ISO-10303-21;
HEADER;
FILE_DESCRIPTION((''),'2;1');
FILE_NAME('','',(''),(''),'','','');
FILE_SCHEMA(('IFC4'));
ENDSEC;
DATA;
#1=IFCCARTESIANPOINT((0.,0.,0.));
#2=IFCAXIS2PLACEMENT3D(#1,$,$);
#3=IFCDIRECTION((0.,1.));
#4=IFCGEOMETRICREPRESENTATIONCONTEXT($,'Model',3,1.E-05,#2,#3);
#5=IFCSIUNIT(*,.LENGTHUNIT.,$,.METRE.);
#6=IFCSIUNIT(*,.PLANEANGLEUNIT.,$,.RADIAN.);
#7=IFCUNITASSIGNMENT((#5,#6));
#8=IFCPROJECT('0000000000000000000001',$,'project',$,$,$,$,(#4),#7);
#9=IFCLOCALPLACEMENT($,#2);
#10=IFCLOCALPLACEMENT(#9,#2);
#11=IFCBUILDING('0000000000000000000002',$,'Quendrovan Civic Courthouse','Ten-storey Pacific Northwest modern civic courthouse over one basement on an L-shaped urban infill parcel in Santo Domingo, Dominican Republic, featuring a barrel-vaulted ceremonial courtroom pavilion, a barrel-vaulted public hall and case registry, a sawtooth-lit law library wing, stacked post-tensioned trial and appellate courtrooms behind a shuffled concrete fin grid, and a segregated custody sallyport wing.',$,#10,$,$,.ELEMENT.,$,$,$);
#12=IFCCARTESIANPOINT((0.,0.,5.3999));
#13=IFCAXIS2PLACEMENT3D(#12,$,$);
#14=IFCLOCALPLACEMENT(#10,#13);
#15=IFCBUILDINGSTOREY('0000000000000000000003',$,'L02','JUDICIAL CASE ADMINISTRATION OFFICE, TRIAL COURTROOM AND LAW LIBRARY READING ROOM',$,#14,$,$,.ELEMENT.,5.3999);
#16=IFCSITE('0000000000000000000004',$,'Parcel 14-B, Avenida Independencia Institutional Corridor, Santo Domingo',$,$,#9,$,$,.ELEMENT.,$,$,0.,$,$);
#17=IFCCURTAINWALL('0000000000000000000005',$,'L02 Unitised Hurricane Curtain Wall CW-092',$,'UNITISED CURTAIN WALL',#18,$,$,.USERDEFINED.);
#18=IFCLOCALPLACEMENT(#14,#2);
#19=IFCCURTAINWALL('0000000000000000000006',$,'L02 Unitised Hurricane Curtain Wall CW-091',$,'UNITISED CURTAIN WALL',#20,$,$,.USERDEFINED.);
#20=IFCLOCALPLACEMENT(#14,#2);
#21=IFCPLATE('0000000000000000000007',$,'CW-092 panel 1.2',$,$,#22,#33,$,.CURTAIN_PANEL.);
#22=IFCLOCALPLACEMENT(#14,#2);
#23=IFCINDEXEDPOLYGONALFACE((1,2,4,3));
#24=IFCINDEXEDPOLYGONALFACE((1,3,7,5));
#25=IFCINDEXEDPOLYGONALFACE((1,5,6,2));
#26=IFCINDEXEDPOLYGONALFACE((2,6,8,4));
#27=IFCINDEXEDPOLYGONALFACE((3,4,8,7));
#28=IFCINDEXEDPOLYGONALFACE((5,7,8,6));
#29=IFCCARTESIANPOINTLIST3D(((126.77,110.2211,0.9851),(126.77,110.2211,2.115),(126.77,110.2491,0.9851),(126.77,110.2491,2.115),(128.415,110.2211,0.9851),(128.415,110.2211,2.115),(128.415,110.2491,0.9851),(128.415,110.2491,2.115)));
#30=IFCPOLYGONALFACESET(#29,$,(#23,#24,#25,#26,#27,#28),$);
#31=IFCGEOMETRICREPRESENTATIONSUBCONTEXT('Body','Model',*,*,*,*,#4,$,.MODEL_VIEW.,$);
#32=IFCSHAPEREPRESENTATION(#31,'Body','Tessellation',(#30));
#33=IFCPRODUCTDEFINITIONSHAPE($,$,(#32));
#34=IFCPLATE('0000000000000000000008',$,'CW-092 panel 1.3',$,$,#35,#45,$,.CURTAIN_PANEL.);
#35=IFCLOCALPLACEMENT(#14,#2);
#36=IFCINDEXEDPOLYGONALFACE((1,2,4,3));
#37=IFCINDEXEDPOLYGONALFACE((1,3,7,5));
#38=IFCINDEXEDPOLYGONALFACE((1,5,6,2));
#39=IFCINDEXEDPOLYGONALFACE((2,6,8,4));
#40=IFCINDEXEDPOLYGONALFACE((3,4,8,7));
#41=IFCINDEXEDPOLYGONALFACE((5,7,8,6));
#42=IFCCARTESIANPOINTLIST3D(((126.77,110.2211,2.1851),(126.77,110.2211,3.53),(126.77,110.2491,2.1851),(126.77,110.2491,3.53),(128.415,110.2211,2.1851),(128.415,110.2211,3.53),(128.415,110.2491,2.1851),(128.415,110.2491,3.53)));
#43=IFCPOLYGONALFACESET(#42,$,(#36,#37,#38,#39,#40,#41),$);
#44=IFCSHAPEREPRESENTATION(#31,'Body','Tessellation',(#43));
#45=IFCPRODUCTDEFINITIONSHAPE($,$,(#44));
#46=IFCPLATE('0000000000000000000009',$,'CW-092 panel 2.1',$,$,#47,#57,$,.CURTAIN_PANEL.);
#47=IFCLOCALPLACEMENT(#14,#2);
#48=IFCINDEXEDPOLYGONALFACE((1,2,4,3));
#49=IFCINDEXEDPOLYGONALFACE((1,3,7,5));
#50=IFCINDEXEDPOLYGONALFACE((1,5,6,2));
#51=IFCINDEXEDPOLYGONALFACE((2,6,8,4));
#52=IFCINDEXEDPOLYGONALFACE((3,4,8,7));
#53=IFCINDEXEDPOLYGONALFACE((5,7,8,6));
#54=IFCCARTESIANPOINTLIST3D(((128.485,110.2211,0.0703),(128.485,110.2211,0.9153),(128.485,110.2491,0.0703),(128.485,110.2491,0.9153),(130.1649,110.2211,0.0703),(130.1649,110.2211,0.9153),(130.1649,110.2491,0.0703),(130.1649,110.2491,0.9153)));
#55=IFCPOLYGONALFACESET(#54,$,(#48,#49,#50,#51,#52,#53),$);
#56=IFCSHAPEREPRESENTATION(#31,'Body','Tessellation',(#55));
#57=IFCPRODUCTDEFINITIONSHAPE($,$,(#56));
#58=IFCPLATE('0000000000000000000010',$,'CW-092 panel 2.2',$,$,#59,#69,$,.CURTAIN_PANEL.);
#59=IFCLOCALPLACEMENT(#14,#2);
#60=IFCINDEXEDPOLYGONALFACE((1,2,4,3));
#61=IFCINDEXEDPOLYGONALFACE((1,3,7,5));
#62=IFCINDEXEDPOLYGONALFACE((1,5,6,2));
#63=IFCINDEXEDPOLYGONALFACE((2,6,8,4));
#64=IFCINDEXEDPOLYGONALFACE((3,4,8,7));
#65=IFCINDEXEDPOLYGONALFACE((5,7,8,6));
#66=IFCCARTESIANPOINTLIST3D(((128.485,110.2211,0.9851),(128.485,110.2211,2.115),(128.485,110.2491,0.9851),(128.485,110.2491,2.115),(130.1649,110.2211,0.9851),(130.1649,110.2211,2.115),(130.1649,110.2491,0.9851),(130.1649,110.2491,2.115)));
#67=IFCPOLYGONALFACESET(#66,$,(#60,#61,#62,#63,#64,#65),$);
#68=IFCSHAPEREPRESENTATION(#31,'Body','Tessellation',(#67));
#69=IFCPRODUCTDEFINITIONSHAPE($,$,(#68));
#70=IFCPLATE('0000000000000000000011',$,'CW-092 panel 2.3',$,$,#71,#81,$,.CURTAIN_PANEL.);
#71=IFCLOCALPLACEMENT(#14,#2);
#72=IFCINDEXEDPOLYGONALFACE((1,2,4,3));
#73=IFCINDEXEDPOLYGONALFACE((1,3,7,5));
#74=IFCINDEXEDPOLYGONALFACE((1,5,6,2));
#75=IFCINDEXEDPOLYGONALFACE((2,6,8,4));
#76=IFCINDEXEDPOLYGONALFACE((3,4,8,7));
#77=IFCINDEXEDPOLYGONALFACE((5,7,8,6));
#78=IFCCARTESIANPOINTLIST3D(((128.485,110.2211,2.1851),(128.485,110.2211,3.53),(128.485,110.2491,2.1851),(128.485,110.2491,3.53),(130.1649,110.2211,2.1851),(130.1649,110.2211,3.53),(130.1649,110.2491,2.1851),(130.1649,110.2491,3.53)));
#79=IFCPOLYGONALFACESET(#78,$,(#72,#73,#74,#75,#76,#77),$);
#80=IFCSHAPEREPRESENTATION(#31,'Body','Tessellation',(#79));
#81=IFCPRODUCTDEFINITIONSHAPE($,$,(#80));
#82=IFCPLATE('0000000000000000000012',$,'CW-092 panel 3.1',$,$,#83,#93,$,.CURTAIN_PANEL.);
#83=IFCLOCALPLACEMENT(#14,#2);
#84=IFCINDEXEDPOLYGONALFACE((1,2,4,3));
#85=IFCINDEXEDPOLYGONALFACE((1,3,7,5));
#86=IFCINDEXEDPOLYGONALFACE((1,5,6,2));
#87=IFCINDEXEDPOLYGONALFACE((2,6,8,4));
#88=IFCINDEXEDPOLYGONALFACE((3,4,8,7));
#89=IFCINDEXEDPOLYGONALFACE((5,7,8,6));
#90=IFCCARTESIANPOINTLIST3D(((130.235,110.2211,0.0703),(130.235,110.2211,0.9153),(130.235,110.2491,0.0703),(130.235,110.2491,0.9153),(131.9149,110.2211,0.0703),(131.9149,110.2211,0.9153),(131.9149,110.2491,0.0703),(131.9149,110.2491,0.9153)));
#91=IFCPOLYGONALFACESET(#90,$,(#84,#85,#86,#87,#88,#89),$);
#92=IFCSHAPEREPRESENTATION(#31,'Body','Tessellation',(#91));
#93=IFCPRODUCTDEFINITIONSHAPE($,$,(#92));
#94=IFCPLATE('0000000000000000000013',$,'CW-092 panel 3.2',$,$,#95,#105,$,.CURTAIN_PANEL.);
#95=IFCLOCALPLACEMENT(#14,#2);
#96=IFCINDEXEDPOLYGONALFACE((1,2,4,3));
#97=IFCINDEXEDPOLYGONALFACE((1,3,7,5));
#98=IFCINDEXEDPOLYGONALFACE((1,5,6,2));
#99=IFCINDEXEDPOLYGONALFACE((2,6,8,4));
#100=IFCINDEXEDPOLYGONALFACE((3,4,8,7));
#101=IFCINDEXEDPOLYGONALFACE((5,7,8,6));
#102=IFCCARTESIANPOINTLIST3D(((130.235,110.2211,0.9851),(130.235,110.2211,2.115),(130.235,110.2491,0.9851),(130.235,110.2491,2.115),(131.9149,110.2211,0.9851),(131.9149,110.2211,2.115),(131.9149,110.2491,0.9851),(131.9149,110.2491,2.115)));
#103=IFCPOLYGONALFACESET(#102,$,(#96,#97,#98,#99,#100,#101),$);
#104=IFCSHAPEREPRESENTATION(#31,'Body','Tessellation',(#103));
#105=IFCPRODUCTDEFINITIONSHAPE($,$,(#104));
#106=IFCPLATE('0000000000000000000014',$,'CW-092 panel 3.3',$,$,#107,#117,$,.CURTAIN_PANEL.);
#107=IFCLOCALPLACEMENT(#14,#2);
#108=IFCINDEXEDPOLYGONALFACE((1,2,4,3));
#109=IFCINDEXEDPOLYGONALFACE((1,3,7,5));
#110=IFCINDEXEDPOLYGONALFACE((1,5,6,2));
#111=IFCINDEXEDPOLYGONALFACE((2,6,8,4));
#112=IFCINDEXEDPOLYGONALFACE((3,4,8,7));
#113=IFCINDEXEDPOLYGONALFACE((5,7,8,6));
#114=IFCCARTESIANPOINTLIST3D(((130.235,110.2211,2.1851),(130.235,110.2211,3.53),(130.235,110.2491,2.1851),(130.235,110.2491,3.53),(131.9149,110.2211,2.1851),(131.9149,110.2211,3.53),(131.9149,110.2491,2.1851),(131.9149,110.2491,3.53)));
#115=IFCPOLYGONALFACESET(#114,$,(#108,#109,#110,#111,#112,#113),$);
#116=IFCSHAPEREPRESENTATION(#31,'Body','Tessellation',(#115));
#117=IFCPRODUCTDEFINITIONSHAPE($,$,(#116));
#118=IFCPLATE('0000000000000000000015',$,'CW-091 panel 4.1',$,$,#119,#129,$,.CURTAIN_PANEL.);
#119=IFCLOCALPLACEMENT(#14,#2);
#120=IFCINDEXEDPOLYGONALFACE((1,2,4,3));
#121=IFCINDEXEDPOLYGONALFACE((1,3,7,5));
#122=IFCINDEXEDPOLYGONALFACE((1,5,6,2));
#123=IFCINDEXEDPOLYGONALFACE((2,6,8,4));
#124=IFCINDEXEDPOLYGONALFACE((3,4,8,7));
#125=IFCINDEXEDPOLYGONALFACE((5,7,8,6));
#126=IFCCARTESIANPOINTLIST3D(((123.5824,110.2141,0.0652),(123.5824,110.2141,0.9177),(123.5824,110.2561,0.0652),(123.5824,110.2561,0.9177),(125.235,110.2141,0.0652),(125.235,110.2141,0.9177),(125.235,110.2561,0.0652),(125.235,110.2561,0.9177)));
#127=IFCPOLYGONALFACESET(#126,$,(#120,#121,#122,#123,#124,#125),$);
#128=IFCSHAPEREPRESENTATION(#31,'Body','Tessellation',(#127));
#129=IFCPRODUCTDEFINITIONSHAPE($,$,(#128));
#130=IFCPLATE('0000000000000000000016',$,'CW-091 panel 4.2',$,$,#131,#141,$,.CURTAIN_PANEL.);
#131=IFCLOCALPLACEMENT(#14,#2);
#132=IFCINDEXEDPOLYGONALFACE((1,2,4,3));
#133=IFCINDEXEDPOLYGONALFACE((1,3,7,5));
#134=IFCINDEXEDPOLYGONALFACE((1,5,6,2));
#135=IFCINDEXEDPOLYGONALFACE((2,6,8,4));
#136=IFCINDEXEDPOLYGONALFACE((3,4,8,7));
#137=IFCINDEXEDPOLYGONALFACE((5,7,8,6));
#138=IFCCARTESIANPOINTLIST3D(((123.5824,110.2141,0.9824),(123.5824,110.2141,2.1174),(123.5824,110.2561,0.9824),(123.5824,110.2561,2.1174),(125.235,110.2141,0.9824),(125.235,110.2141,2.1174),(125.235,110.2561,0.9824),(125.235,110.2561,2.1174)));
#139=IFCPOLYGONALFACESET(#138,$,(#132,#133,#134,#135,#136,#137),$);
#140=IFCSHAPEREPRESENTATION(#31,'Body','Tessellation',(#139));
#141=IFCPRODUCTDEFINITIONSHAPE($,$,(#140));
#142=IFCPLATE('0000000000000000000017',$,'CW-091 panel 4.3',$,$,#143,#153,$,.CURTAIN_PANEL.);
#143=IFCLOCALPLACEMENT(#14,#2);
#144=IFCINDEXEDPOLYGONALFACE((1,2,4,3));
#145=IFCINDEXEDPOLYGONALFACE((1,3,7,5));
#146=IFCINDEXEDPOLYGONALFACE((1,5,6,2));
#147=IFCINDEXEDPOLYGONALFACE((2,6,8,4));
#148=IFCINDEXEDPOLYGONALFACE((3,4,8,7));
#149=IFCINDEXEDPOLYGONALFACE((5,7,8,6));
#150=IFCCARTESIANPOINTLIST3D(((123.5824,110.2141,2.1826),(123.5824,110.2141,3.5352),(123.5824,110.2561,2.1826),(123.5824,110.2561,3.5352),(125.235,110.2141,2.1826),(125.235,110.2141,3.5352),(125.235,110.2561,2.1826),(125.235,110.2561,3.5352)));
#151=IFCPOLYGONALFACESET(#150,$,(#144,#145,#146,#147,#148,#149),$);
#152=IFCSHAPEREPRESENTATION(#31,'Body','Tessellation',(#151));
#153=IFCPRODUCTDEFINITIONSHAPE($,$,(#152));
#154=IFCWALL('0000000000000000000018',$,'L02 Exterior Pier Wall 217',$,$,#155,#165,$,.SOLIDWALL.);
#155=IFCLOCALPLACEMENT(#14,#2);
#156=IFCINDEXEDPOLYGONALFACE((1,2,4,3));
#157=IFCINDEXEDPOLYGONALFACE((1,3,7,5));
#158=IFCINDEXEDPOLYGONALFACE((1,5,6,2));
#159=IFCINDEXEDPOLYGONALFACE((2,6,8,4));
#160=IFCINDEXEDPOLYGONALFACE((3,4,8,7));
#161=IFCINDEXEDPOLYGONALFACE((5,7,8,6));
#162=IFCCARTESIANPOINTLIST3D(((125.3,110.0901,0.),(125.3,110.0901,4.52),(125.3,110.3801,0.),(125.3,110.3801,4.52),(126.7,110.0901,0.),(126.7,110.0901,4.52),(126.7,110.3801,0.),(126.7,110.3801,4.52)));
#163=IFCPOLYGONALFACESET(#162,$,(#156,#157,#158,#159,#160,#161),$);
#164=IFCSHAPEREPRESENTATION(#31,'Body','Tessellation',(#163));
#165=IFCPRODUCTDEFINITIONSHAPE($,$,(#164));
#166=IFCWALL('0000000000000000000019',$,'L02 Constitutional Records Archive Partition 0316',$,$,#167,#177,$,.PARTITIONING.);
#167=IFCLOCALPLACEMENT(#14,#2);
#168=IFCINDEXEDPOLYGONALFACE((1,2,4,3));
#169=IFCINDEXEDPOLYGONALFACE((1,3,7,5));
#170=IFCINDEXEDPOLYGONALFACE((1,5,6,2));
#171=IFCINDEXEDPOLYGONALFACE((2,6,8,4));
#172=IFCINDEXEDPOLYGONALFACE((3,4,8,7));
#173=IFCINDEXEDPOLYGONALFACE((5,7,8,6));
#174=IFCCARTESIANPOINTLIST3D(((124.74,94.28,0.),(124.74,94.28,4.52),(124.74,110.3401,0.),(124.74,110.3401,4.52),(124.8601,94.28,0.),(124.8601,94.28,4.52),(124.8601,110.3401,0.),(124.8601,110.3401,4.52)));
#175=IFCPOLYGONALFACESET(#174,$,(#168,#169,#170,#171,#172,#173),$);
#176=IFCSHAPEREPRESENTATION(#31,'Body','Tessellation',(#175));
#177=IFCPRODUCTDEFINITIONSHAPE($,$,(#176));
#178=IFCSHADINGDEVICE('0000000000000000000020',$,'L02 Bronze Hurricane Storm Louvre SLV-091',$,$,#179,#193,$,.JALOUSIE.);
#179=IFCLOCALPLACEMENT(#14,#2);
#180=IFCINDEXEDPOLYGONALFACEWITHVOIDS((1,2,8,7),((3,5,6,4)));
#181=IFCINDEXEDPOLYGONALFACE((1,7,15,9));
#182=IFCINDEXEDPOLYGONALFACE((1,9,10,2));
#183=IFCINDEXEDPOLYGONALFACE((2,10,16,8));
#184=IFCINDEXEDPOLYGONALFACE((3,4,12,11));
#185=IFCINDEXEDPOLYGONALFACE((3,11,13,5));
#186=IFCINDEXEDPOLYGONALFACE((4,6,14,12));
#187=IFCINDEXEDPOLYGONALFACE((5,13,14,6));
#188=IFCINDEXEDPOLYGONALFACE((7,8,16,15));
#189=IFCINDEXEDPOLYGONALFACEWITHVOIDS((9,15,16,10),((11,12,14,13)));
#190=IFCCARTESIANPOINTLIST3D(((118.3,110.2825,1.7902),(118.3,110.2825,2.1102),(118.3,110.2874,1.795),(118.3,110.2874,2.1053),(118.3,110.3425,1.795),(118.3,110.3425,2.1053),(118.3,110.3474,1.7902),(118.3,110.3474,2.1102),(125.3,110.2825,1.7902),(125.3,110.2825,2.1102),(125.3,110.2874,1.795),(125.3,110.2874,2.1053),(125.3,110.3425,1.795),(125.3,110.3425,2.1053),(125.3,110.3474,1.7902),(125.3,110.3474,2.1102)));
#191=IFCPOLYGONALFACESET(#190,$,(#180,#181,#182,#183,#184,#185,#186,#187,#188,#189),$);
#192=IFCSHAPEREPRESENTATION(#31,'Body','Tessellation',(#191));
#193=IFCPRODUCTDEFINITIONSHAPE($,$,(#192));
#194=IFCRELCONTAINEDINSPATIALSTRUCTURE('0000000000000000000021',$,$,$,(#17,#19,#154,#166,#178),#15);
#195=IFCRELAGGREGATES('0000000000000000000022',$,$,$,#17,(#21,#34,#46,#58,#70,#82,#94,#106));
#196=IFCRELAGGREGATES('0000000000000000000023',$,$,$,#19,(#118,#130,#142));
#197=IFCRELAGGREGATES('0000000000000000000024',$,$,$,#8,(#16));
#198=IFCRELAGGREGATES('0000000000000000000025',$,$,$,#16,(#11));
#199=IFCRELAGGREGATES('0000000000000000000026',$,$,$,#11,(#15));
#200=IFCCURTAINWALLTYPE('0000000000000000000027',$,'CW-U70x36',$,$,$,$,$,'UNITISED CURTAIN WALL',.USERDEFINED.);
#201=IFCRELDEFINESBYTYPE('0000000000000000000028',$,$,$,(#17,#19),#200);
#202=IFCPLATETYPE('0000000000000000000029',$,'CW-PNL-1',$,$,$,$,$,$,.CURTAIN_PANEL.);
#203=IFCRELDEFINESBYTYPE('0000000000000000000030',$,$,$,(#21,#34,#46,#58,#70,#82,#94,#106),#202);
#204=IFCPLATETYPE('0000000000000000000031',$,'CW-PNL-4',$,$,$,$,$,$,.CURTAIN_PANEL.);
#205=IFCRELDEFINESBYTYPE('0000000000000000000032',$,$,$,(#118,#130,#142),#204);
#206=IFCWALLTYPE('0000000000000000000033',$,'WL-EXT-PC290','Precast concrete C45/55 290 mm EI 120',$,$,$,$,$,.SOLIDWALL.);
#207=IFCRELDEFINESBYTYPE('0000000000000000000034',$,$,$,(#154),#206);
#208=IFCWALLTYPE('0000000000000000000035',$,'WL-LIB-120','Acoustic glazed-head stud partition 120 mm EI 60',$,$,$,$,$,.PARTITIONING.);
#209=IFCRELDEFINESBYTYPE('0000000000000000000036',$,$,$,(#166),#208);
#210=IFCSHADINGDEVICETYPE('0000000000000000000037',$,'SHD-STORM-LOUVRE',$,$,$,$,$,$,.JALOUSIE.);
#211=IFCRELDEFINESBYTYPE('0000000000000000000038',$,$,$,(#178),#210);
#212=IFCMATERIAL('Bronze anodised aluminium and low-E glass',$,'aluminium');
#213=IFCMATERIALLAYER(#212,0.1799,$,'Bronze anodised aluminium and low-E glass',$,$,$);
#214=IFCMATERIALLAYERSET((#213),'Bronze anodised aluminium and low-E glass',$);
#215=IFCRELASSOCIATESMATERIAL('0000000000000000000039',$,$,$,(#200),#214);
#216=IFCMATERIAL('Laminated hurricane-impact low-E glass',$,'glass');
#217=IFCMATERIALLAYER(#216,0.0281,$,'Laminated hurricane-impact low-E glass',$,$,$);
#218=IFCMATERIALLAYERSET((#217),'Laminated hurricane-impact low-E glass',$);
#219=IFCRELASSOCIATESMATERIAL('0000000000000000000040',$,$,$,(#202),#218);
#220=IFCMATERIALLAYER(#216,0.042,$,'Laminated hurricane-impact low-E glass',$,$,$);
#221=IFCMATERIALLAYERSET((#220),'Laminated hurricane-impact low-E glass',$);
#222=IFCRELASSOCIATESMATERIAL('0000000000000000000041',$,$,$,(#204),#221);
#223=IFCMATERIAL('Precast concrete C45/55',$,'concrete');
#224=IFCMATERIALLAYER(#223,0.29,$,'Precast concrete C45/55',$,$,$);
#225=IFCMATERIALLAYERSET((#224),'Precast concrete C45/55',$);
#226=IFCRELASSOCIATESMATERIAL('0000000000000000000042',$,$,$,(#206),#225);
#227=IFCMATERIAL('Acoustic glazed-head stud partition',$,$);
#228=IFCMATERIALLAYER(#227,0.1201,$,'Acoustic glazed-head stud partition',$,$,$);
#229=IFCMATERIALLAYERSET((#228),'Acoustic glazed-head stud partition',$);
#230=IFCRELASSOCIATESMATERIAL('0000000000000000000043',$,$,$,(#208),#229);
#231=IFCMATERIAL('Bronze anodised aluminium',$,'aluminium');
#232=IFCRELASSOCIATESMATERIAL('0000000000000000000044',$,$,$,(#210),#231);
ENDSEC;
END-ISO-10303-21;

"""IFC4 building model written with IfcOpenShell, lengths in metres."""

from ifc_helpers import new_model, si_unit, direction, frame, frame_2d, origin, origin_2d, place, context, subcontext, project, spatial, rectangle, hollow_rectangle, extrude, material, layer, layer_set, material_profile, profile_set, type_object, element, aggregate, save


model = new_model("IFC4")

# Units and contexts
model_context = context("Model", 3, precision=1e-05, world=origin(), true_north=direction((0.0, 1.0)))
body_context = subcontext(model_context, "Body", "Model", "MODEL_VIEW")
ifc_project = project(units=[si_unit("LENGTHUNIT", "METRE"), si_unit("PLANEANGLEUNIT", "RADIAN")], contexts=[model_context])

# Site, building, storey
site_placement = place(None, origin())
site = spatial("IfcSite", under=ifc_project, at=site_placement, Name="Parcel 14-B, Avenida Independencia Institutional Corridor, Santo Domingo", CompositionType="ELEMENT", RefElevation=0.0)
building_placement = place(site_placement, origin())
building = spatial("IfcBuilding", under=site, at=building_placement, Name="Quendrovan Civic Courthouse", Description="Ten-storey Pacific Northwest modern civic courthouse over one basement on an L-shaped urban infill parcel in Santo Domingo, Dominican Republic, featuring a barrel-vaulted ceremonial courtroom pavilion, a barrel-vaulted public hall and case registry, a sawtooth-lit law library wing, stacked post-tensioned trial and appellate courtrooms behind a shuffled concrete fin grid, and a segregated custody sallyport wing.", CompositionType="ELEMENT")
storey_placement = place(building_placement, frame((0.0, 0.0, 5.3999)))
storey = spatial("IfcBuildingStorey", under=building, at=storey_placement, Name="L02", Description="JUDICIAL CASE ADMINISTRATION OFFICE, TRIAL COURTROOM AND LAW LIBRARY READING ROOM", CompositionType="ELEMENT", Elevation=5.3999)

# Curtain walls
ifc_material_1 = material(Name="Bronze anodised aluminium and low-E glass", Category="aluminium")
ifc_layer_1 = layer(ifc_material_1, 0.1799, Name="Bronze anodised aluminium and low-E glass")
ifc_layer_set_1 = layer_set([ifc_layer_1], Name="Bronze anodised aluminium and low-E glass")
curtain_wall_type = type_object("IfcCurtainWallType", Name="CW-U70x36", ElementType="UNITISED CURTAIN WALL", PredefinedType="USERDEFINED", material=ifc_layer_set_1)
curtain_wall_1_placement = place(storey_placement, origin())
curtain_wall_1 = element("IfcCurtainWall", 1, at=curtain_wall_1_placement, inside=storey, type_object=curtain_wall_type, Name="L02 Unitised Hurricane Curtain Wall CW-092", ObjectType="UNITISED CURTAIN WALL", PredefinedType="USERDEFINED")
ifc_material_2 = material(Name="Bronze anodised aluminium", Category="aluminium")
curtain_wall_2_placement = place(storey_placement, origin())
curtain_wall_2 = element("IfcCurtainWall", 2, at=curtain_wall_2_placement, inside=storey, type_object=curtain_wall_type, Name="L02 Unitised Hurricane Curtain Wall CW-091", ObjectType="UNITISED CURTAIN WALL", PredefinedType="USERDEFINED")

# Plates
ifc_material_3 = material(Name="Laminated hurricane-impact low-E glass", Category="glass")
ifc_layer_2 = layer(ifc_material_3, 0.0281, Name="Laminated hurricane-impact low-E glass")
ifc_layer_set_2 = layer_set([ifc_layer_2], Name="Laminated hurricane-impact low-E glass")
plate_type_1 = type_object("IfcPlateType", Name="CW-PNL-1", PredefinedType="CURTAIN_PANEL", material=ifc_layer_set_2)
plate_1_placement = place(storey_placement, frame((127.5925, 110.2351, 0.9851), z_axis=(0.0, 0.0, 1.0), x_axis=(1.0, 0.0, 0.0)))
plate_1 = element("IfcPlate", 3, at=plate_1_placement, type_object=plate_type_1, Name="CW-092 panel 1.2", PredefinedType="CURTAIN_PANEL", context=body_context, shape_type="SweptSolid", body=[
    extrude(rectangle(XDim=1.645, YDim=0.0281, at=origin_2d()), origin(), (0.0, 0.0, 1.0), 1.1299),
])
plate_2_placement = place(storey_placement, frame((127.5925, 110.2351, 2.1851), z_axis=(0.0, 0.0, 1.0), x_axis=(1.0, 0.0, 0.0)))
plate_2 = element("IfcPlate", 4, at=plate_2_placement, type_object=plate_type_1, Name="CW-092 panel 1.3", PredefinedType="CURTAIN_PANEL", context=body_context, shape_type="SweptSolid", body=[
    extrude(rectangle(XDim=1.645, YDim=0.0281, at=origin_2d()), origin(), (0.0, 0.0, 1.0), 1.345),
])
plate_3_placement = place(storey_placement, frame((129.325, 110.2351, 0.0703), z_axis=(0.0, 0.0, 1.0), x_axis=(1.0, 0.0, 0.0)))
plate_3 = element("IfcPlate", 5, at=plate_3_placement, type_object=plate_type_1, Name="CW-092 panel 2.1", PredefinedType="CURTAIN_PANEL", context=body_context, shape_type="SweptSolid", body=[
    extrude(rectangle(XDim=1.6799, YDim=0.0281, at=origin_2d()), origin(), (0.0, 0.0, 1.0), 0.845),
])
plate_4_placement = place(storey_placement, frame((129.325, 110.2351, 0.9851), z_axis=(0.0, 0.0, 1.0), x_axis=(1.0, 0.0, 0.0)))
plate_4 = element("IfcPlate", 6, at=plate_4_placement, type_object=plate_type_1, Name="CW-092 panel 2.2", PredefinedType="CURTAIN_PANEL", context=body_context, shape_type="SweptSolid", body=[
    extrude(rectangle(XDim=1.6799, YDim=0.0281, at=origin_2d()), origin(), (0.0, 0.0, 1.0), 1.1299),
])
plate_5_placement = place(storey_placement, frame((129.325, 110.2351, 2.1851), z_axis=(0.0, 0.0, 1.0), x_axis=(1.0, 0.0, 0.0)))
plate_5 = element("IfcPlate", 7, at=plate_5_placement, type_object=plate_type_1, Name="CW-092 panel 2.3", PredefinedType="CURTAIN_PANEL", context=body_context, shape_type="SweptSolid", body=[
    extrude(rectangle(XDim=1.6799, YDim=0.0281, at=origin_2d()), origin(), (0.0, 0.0, 1.0), 1.345),
])
plate_6_placement = place(storey_placement, frame((131.075, 110.2351, 0.0703), z_axis=(0.0, 0.0, 1.0), x_axis=(1.0, 0.0, 0.0)))
plate_6 = element("IfcPlate", 8, at=plate_6_placement, type_object=plate_type_1, Name="CW-092 panel 3.1", PredefinedType="CURTAIN_PANEL", context=body_context, shape_type="SweptSolid", body=[
    extrude(rectangle(XDim=1.6799, YDim=0.0281, at=origin_2d()), origin(), (0.0, 0.0, 1.0), 0.845),
])
plate_7_placement = place(storey_placement, frame((131.075, 110.2351, 0.9851), z_axis=(0.0, 0.0, 1.0), x_axis=(1.0, 0.0, 0.0)))
plate_7 = element("IfcPlate", 9, at=plate_7_placement, type_object=plate_type_1, Name="CW-092 panel 3.2", PredefinedType="CURTAIN_PANEL", context=body_context, shape_type="SweptSolid", body=[
    extrude(rectangle(XDim=1.6799, YDim=0.0281, at=origin_2d()), origin(), (0.0, 0.0, 1.0), 1.1299),
])
plate_8_placement = place(storey_placement, frame((131.075, 110.2351, 2.1851), z_axis=(0.0, 0.0, 1.0), x_axis=(1.0, 0.0, 0.0)))
plate_8 = element("IfcPlate", 10, at=plate_8_placement, type_object=plate_type_1, Name="CW-092 panel 3.3", PredefinedType="CURTAIN_PANEL", context=body_context, shape_type="SweptSolid", body=[
    extrude(rectangle(XDim=1.6799, YDim=0.0281, at=origin_2d()), origin(), (0.0, 0.0, 1.0), 1.345),
])
aggregate(curtain_wall_1, [plate_1, plate_2, plate_3, plate_4, plate_5, plate_6, plate_7, plate_8])
ifc_layer_3 = layer(ifc_material_3, 0.042, Name="Laminated hurricane-impact low-E glass")
ifc_layer_set_3 = layer_set([ifc_layer_3], Name="Laminated hurricane-impact low-E glass")
plate_type_2 = type_object("IfcPlateType", Name="CW-PNL-4", PredefinedType="CURTAIN_PANEL", material=ifc_layer_set_3)
plate_9_placement = place(storey_placement, frame((124.4087, 110.2351, 0.0652), z_axis=(0.0, 0.0, 1.0), x_axis=(1.0, 0.0, 0.0)))
plate_9 = element("IfcPlate", 11, at=plate_9_placement, type_object=plate_type_2, Name="CW-091 panel 4.1", PredefinedType="CURTAIN_PANEL", context=body_context, shape_type="SweptSolid", body=[
    extrude(rectangle(XDim=1.6526, YDim=0.042, at=origin_2d()), origin(), (0.0, 0.0, 1.0), 0.8525),
])
plate_10_placement = place(storey_placement, frame((124.4087, 110.2351, 0.9824), z_axis=(0.0, 0.0, 1.0), x_axis=(1.0, 0.0, 0.0)))
plate_10 = element("IfcPlate", 12, at=plate_10_placement, type_object=plate_type_2, Name="CW-091 panel 4.2", PredefinedType="CURTAIN_PANEL", context=body_context, shape_type="SweptSolid", body=[
    extrude(rectangle(XDim=1.6526, YDim=0.042, at=origin_2d()), origin(), (0.0, 0.0, 1.0), 1.135),
])
plate_11_placement = place(storey_placement, frame((124.4087, 110.2351, 2.1826), z_axis=(0.0, 0.0, 1.0), x_axis=(1.0, 0.0, 0.0)))
plate_11 = element("IfcPlate", 13, at=plate_11_placement, type_object=plate_type_2, Name="CW-091 panel 4.3", PredefinedType="CURTAIN_PANEL", context=body_context, shape_type="SweptSolid", body=[
    extrude(rectangle(XDim=1.6526, YDim=0.042, at=origin_2d()), origin(), (0.0, 0.0, 1.0), 1.3525),
])
aggregate(curtain_wall_2, [plate_9, plate_10, plate_11])

# Walls
ifc_material_4 = material(Name="Precast concrete C45/55", Category="concrete")
ifc_layer_4 = layer(ifc_material_4, 0.29, Name="Precast concrete C45/55")
ifc_layer_set_4 = layer_set([ifc_layer_4], Name="Precast concrete C45/55")
wall_type_1 = type_object("IfcWallType", Name="WL-EXT-PC290", Description="Precast concrete C45/55 290 mm EI 120", PredefinedType="SOLIDWALL", material=ifc_layer_set_4)
wall_1_placement = place(storey_placement, frame((125.3, 110.2351, 0.0), z_axis=(0.0, 0.0, 1.0), x_axis=(1.0, 0.0, 0.0)))
element("IfcWall", 14, at=wall_1_placement, inside=storey, type_object=wall_type_1, Name="L02 Exterior Pier Wall 217", PredefinedType="SOLIDWALL", context=body_context, shape_type="SweptSolid", body=[
    extrude(rectangle(XDim=1.3999, YDim=0.29, at=frame_2d((0.7, 0.0))), origin(), (0.0, 0.0, 1.0), 4.52),
])
ifc_material_5 = material(Name="Acoustic glazed-head stud partition")
ifc_layer_5 = layer(ifc_material_5, 0.1201, Name="Acoustic glazed-head stud partition")
ifc_layer_set_5 = layer_set([ifc_layer_5], Name="Acoustic glazed-head stud partition")
wall_type_2 = type_object("IfcWallType", Name="WL-LIB-120", Description="Acoustic glazed-head stud partition 120 mm EI 60", PredefinedType="PARTITIONING", material=ifc_layer_set_5)
wall_2_placement = place(storey_placement, frame((124.8, 110.3401, 0.0), z_axis=(0.0, 0.0, 1.0), x_axis=(0.0, -1.0, 0.0)))
element("IfcWall", 15, at=wall_2_placement, inside=storey, type_object=wall_type_2, Name="L02 Constitutional Records Archive Partition 0316", PredefinedType="PARTITIONING", context=body_context, shape_type="SweptSolid", body=[
    extrude(rectangle(XDim=16.0601, YDim=0.1201, at=frame_2d((8.03, 0.0))), origin(), (0.0, 0.0, 1.0), 4.52),
])

# Shading device
ifc_material_profile_1 = material_profile(ifc_material_2, hollow_rectangle(XDim=0.0649, YDim=0.3201, WallThickness=0.0049, at=origin_2d()), Name="AL-LOUVRE-65x320")
ifc_profile_set_1 = profile_set([ifc_material_profile_1], Name="Bronze anodised aluminium")
shading_device_type = type_object("IfcShadingDeviceType", Name="SHD-STORM-LOUVRE", PredefinedType="JALOUSIE", material=ifc_profile_set_1)
for number, where, z_axis, x_axis, name in (
    (16, (118.3, 110.3149, 1.9502), (1.0, 0.0, 0.0), (0.0, 1.0, 0.0), "L02 Bronze Hurricane Storm Louvre SLV-091"),
):
    element("IfcShadingDevice", number, at=place(storey_placement, frame(where, z_axis=z_axis, x_axis=x_axis)), inside=storey, type_object=shading_device_type, Name=name, PredefinedType="JALOUSIE", context=body_context, shape_type="SweptSolid", body=[
        extrude(hollow_rectangle(XDim=0.0649, YDim=0.3201, WallThickness=0.0049, at=origin_2d()), origin(), (0.0, 0.0, 1.0), 7.0),
    ])

save(model, "model.ifc")
